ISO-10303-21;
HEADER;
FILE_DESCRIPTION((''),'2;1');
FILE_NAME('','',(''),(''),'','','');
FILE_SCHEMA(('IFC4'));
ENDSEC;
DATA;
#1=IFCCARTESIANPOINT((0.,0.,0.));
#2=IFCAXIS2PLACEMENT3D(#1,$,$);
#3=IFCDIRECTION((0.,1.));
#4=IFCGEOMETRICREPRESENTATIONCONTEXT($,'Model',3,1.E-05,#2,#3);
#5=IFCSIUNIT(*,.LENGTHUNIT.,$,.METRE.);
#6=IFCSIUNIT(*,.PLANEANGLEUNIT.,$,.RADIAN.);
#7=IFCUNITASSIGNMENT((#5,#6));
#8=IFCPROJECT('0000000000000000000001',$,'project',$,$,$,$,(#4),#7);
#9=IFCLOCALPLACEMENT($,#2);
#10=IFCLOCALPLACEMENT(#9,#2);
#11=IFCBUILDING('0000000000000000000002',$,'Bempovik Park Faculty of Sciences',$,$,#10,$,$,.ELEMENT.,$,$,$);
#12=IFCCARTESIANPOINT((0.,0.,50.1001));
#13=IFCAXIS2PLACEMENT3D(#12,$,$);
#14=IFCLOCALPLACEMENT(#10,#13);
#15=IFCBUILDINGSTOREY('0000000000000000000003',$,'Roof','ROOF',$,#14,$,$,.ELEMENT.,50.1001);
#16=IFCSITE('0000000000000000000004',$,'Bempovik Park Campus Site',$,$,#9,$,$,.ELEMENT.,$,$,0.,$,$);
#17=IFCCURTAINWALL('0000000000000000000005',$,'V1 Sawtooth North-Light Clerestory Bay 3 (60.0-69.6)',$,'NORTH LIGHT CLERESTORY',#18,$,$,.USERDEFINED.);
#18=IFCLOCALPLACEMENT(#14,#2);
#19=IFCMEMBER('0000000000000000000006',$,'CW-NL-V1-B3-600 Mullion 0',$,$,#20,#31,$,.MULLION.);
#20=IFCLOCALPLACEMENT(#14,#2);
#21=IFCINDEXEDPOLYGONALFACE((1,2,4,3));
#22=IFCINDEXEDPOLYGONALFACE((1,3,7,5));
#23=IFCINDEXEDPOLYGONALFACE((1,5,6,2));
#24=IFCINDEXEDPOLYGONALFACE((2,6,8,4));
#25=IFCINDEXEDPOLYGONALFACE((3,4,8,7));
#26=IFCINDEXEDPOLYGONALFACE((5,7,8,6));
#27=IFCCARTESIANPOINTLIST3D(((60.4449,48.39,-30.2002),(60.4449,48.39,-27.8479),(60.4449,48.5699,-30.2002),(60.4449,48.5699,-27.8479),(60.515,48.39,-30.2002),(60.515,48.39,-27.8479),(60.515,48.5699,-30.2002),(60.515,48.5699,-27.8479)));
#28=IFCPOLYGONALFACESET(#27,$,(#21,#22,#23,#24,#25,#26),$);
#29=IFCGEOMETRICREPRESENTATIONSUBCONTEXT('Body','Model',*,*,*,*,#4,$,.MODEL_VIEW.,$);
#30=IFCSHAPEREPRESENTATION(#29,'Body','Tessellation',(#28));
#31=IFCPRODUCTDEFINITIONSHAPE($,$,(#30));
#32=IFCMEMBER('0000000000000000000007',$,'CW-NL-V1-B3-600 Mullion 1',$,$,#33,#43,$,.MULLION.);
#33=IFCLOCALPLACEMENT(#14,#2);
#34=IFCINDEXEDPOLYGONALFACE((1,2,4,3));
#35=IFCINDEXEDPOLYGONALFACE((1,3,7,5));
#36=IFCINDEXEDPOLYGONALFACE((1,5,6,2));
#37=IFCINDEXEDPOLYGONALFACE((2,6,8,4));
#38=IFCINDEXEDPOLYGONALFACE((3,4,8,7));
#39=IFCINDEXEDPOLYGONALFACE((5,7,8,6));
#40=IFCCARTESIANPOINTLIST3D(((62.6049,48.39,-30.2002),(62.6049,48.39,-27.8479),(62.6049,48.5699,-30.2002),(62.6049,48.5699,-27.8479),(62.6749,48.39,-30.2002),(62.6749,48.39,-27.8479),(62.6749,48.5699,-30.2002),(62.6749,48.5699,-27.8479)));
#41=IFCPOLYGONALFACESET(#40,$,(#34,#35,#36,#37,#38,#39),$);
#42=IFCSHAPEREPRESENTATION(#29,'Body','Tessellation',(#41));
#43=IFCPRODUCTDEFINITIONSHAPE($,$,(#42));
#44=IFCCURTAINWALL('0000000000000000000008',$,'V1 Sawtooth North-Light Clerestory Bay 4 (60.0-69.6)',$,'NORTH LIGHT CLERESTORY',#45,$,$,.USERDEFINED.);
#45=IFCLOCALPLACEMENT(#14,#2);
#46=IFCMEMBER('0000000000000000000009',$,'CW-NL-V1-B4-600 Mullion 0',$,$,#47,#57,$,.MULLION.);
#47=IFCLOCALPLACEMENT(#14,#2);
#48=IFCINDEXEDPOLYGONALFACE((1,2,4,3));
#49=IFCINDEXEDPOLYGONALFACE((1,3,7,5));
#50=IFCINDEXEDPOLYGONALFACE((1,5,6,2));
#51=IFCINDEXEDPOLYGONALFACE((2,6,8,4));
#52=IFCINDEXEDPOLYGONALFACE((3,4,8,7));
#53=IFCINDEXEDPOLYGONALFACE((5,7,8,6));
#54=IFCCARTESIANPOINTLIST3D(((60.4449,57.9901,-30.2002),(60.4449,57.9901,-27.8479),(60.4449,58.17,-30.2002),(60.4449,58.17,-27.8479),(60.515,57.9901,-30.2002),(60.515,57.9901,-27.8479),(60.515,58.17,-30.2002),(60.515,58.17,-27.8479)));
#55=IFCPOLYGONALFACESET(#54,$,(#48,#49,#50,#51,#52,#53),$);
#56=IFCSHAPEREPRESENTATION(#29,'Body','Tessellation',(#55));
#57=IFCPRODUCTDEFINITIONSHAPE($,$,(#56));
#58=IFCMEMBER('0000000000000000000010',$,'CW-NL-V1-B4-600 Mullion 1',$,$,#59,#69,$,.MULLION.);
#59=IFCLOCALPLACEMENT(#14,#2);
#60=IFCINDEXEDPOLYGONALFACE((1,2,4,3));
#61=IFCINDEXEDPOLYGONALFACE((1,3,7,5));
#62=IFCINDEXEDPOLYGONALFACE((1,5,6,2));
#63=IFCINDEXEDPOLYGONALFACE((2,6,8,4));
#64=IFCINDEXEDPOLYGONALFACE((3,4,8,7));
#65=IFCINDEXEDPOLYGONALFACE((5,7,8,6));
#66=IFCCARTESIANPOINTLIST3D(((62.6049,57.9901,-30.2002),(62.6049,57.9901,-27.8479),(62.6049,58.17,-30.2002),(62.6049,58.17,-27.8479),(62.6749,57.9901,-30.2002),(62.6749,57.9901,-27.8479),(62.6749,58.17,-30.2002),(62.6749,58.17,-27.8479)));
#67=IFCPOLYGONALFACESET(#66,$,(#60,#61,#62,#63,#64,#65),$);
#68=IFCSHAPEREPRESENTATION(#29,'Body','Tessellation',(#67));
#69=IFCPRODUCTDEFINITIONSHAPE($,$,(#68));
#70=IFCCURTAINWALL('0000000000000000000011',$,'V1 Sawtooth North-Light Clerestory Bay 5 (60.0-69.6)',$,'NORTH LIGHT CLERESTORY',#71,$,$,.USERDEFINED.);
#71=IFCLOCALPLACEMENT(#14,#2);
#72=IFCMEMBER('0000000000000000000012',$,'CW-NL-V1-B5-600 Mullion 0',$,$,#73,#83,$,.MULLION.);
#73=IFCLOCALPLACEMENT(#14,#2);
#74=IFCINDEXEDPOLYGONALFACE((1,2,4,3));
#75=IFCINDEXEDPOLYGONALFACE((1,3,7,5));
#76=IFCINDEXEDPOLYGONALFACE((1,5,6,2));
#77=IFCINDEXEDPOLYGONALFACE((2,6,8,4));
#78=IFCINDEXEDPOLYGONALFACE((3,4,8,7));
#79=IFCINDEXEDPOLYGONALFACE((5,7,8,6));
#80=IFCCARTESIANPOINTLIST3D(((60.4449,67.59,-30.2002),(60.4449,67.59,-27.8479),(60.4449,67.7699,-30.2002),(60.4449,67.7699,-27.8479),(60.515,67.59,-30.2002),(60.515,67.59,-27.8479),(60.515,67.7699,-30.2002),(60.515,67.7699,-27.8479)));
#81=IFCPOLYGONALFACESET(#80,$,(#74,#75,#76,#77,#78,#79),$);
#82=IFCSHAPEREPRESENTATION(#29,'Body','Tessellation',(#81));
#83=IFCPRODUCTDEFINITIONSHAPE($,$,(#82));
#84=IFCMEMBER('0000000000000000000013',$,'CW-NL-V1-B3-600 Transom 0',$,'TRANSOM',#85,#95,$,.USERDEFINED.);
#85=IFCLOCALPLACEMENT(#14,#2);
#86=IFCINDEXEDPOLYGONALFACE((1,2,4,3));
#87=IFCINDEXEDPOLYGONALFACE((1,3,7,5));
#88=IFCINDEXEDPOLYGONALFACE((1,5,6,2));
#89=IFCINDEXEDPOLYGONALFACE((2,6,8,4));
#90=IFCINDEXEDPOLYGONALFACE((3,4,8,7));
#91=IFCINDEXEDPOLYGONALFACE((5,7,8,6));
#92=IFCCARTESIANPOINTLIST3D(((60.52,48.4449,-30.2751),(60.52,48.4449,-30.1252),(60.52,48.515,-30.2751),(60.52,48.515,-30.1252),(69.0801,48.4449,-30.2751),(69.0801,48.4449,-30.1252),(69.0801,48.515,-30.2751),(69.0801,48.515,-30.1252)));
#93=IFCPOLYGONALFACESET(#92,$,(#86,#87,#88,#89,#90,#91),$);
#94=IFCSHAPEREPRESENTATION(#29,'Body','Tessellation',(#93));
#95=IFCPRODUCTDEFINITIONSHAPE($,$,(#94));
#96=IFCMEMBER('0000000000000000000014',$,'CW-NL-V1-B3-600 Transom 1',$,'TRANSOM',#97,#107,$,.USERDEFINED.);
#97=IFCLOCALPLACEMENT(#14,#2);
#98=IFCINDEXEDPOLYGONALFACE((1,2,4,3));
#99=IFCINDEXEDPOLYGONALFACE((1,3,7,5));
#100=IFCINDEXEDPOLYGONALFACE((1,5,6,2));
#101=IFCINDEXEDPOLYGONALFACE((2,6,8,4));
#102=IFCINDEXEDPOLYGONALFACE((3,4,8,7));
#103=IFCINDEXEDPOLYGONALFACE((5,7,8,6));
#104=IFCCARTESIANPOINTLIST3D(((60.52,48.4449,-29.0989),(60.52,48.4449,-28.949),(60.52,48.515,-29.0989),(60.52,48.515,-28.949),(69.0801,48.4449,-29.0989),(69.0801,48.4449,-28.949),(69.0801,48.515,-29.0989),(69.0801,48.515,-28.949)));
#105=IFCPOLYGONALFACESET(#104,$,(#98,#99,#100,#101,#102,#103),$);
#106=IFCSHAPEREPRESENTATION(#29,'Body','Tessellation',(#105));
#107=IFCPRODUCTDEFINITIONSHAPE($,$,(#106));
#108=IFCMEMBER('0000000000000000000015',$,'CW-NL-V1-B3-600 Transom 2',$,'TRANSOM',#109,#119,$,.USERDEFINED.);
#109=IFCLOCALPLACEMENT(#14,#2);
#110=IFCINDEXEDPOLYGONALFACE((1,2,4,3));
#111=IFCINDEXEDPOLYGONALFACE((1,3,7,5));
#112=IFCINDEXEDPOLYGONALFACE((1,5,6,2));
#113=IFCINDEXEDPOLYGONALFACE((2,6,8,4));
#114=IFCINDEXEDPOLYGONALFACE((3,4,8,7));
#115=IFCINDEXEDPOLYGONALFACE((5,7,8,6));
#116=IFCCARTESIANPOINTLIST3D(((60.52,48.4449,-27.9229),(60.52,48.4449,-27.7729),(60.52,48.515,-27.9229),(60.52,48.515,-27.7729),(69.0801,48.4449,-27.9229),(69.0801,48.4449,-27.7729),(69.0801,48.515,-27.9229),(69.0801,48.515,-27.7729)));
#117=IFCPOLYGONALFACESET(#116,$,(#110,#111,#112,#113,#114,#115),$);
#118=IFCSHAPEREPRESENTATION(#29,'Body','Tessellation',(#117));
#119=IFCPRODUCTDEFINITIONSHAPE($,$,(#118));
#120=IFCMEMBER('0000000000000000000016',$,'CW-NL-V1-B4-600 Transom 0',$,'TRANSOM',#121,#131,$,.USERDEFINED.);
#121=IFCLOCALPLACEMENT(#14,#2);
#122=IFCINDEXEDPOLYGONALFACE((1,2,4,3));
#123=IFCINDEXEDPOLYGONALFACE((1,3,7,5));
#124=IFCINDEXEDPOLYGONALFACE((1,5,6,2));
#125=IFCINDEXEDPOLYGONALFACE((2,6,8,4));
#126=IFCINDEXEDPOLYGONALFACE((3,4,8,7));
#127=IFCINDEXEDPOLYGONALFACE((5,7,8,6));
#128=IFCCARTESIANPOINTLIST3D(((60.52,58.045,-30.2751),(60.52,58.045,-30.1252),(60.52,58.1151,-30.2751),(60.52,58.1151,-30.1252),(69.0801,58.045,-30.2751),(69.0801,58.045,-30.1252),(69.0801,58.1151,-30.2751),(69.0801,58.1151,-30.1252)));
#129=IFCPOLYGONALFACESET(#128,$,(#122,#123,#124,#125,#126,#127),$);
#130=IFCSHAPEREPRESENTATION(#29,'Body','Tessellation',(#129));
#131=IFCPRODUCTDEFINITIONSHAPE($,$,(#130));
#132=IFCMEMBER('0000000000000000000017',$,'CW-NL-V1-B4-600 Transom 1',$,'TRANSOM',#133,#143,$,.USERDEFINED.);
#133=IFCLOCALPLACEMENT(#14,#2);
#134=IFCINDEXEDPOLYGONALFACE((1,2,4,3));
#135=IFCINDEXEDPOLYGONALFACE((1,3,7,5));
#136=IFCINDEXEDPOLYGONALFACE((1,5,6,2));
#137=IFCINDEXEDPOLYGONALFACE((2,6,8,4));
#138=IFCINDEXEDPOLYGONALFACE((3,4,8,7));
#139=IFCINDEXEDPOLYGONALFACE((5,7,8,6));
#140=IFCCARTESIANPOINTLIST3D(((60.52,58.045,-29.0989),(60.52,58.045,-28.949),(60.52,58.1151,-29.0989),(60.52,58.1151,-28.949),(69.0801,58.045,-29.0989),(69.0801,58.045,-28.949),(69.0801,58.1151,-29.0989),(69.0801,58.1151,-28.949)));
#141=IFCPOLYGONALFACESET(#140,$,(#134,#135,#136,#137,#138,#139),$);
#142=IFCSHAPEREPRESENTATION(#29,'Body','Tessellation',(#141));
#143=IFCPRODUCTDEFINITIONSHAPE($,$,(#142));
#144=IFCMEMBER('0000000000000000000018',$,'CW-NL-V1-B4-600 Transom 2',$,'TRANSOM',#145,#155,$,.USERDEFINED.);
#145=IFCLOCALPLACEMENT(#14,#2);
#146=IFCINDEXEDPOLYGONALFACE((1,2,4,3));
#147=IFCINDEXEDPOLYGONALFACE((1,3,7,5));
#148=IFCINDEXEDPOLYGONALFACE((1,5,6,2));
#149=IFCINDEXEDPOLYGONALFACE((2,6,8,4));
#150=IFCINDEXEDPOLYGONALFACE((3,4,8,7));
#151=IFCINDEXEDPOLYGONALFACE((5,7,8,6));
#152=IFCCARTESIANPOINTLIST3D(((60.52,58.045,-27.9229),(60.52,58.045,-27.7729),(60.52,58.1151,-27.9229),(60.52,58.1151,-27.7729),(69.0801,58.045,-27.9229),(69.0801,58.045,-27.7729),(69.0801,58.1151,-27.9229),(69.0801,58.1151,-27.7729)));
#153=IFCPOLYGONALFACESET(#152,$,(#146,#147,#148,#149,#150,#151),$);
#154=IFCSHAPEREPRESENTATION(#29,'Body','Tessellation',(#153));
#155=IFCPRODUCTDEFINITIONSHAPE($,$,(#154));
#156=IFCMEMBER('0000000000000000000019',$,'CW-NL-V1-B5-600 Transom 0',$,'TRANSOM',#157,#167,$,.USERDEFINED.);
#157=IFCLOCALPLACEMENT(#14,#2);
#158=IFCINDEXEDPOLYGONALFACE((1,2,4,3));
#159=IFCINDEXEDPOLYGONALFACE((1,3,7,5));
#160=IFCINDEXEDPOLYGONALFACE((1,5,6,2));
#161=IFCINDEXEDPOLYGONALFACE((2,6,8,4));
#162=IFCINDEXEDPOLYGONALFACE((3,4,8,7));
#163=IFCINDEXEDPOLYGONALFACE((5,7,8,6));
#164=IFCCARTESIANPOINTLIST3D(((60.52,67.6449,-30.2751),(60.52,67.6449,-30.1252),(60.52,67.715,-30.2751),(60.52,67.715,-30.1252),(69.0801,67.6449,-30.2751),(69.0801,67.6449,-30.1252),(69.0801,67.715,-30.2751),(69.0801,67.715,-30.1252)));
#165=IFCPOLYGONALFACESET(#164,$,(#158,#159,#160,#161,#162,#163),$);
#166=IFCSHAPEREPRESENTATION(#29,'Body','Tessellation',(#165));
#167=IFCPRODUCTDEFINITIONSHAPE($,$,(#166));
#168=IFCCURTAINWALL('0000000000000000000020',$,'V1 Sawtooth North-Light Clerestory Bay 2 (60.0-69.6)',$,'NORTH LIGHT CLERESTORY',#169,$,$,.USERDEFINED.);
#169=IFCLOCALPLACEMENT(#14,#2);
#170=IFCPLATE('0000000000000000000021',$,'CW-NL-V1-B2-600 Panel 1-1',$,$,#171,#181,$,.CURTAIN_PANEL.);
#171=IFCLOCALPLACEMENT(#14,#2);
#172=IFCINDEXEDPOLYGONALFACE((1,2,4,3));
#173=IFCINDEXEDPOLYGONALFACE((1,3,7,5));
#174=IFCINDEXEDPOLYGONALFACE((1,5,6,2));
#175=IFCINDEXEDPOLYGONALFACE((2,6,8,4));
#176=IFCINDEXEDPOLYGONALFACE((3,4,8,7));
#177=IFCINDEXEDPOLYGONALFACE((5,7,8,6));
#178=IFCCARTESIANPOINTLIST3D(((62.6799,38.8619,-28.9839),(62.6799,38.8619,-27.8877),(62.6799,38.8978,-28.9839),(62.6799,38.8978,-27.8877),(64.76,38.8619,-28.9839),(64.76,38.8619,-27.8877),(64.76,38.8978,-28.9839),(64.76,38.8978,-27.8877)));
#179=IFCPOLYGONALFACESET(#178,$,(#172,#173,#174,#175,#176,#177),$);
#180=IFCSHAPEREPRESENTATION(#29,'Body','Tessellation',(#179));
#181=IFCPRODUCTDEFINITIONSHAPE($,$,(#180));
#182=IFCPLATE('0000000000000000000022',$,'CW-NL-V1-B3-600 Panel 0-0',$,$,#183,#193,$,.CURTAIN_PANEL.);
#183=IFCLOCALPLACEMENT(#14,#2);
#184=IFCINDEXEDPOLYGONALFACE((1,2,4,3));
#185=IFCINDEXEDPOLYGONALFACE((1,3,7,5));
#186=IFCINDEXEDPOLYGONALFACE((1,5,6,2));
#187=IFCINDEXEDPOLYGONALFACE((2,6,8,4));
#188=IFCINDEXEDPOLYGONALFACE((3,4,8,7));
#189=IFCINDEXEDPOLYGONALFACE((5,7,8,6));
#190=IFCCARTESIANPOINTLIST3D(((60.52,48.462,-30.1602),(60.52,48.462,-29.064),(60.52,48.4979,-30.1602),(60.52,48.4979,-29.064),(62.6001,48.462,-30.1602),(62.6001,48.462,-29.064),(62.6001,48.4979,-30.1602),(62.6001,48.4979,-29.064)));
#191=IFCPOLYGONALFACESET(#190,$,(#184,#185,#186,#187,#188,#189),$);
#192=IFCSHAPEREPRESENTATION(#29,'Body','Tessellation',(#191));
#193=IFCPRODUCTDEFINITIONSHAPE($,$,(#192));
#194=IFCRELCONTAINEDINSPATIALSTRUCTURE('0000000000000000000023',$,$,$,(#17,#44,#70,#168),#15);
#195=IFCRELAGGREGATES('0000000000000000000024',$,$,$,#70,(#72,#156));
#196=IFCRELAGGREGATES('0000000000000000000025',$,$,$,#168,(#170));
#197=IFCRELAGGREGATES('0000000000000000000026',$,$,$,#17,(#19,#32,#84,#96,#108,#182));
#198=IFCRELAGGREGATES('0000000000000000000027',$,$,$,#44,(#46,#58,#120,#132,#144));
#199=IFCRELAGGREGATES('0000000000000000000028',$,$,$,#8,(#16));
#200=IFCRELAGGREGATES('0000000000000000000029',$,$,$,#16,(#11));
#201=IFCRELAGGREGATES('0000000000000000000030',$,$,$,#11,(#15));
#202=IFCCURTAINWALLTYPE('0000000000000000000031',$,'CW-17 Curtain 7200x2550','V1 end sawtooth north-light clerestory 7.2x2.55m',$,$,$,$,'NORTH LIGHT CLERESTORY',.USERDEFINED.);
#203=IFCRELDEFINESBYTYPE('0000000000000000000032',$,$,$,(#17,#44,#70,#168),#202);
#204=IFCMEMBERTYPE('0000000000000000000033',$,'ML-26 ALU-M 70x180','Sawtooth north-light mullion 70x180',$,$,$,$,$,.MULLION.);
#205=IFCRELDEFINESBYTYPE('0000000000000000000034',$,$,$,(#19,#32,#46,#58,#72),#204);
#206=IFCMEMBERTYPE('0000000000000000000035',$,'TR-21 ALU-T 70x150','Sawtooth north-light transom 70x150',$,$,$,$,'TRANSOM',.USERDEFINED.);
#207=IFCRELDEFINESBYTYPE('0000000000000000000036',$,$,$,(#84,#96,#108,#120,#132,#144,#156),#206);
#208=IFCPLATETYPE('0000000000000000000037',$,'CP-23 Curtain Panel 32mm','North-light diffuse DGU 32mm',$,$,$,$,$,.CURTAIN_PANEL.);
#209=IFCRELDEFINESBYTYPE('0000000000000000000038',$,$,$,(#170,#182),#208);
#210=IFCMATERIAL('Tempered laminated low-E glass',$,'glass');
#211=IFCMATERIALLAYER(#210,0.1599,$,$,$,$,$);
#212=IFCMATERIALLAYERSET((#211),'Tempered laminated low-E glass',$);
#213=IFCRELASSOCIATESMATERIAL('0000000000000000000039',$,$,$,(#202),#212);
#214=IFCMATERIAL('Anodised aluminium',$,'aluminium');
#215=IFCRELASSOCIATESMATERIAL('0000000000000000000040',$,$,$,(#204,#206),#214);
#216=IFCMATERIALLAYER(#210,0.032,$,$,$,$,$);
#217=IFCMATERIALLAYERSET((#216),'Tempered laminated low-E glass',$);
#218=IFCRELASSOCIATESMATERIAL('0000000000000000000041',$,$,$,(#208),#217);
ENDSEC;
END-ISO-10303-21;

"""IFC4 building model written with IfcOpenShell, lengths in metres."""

from ifc_helpers import new_model, si_unit, direction, frame, origin, origin_2d, place, context, subcontext, project, spatial, rectangle, extrude, material, layer, layer_set, material_profile, profile_set, type_object, element, aggregate, save


model = new_model("IFC4")

# Units and contexts
model_context = context("Model", 3, precision=1e-05, world=origin(), true_north=direction((0.0, 1.0)))
body_context = subcontext(model_context, "Body", "Model", "MODEL_VIEW")
ifc_project = project(units=[si_unit("LENGTHUNIT", "METRE"), si_unit("PLANEANGLEUNIT", "RADIAN")], contexts=[model_context])

# Site, building, storey
site_placement = place(None, origin())
site = spatial("IfcSite", under=ifc_project, at=site_placement, Name="Bempovik Park Campus Site", CompositionType="ELEMENT", RefElevation=0.0)
building_placement = place(site_placement, origin())
building = spatial("IfcBuilding", under=site, at=building_placement, Name="Bempovik Park Faculty of Sciences", CompositionType="ELEMENT")
storey_placement = place(building_placement, frame((0.0, 0.0, 50.1001)))
storey = spatial("IfcBuildingStorey", under=building, at=storey_placement, Name="Roof", Description="ROOF", CompositionType="ELEMENT", Elevation=50.1001)

# Curtain walls, members
ifc_material_1 = material(Name="Tempered laminated low-E glass", Category="glass")
ifc_layer_1 = layer(ifc_material_1, 0.1599)
ifc_layer_set_1 = layer_set([ifc_layer_1], Name="Tempered laminated low-E glass")
curtain_wall_type = type_object("IfcCurtainWallType", Name="CW-17 Curtain 7200x2550", Description="V1 end sawtooth north-light clerestory 7.2x2.55m", ElementType="NORTH LIGHT CLERESTORY", PredefinedType="USERDEFINED", material=ifc_layer_set_1)
curtain_wall_1_placement = place(storey_placement, origin())
curtain_wall_1 = element("IfcCurtainWall", 1, at=curtain_wall_1_placement, inside=storey, type_object=curtain_wall_type, Name="V1 Sawtooth North-Light Clerestory Bay 3 (60.0-69.6)", ObjectType="NORTH LIGHT CLERESTORY", PredefinedType="USERDEFINED")
ifc_material_2 = material(Name="Anodised aluminium", Category="aluminium")
ifc_material_profile_1 = material_profile(ifc_material_2, rectangle(XDim=0.0701, YDim=0.1799, at=origin_2d()), Name="ALU-M 70x180")
ifc_profile_set_1 = profile_set([ifc_material_profile_1], Name="Anodised aluminium")
member_type_1 = type_object("IfcMemberType", Name="ML-26 ALU-M 70x180", Description="Sawtooth north-light mullion 70x180", PredefinedType="MULLION", material=ifc_profile_set_1)
member_1_placement = place(storey_placement, frame((60.48, 48.48, -30.2002), z_axis=(0.0, 0.0, 1.0), x_axis=(1.0, 0.0, 0.0)))
member_1 = element("IfcMember", 2, at=member_1_placement, type_object=member_type_1, Name="CW-NL-V1-B3-600 Mullion 0", PredefinedType="MULLION", context=body_context, shape_type="SweptSolid", body=[
    extrude(rectangle(XDim=0.0701, YDim=0.1799, at=origin_2d()), origin(), (0.0, 0.0, 1.0), 2.3523),
])
member_2_placement = place(storey_placement, frame((62.6399, 48.48, -30.2002), z_axis=(0.0, 0.0, 1.0), x_axis=(1.0, 0.0, 0.0)))
member_2 = element("IfcMember", 3, at=member_2_placement, type_object=member_type_1, Name="CW-NL-V1-B3-600 Mullion 1", PredefinedType="MULLION", context=body_context, shape_type="SweptSolid", body=[
    extrude(rectangle(XDim=0.0701, YDim=0.1799, at=origin_2d()), origin(), (0.0, 0.0, 1.0), 2.3523),
])
curtain_wall_2_placement = place(storey_placement, origin())
curtain_wall_2 = element("IfcCurtainWall", 4, at=curtain_wall_2_placement, inside=storey, type_object=curtain_wall_type, Name="V1 Sawtooth North-Light Clerestory Bay 4 (60.0-69.6)", ObjectType="NORTH LIGHT CLERESTORY", PredefinedType="USERDEFINED")
member_3_placement = place(storey_placement, frame((60.48, 58.0801, -30.2002), z_axis=(0.0, 0.0, 1.0), x_axis=(1.0, 0.0, 0.0)))
member_3 = element("IfcMember", 5, at=member_3_placement, type_object=member_type_1, Name="CW-NL-V1-B4-600 Mullion 0", PredefinedType="MULLION", context=body_context, shape_type="SweptSolid", body=[
    extrude(rectangle(XDim=0.0701, YDim=0.1799, at=origin_2d()), origin(), (0.0, 0.0, 1.0), 2.3523),
])
member_4_placement = place(storey_placement, frame((62.6399, 58.0801, -30.2002), z_axis=(0.0, 0.0, 1.0), x_axis=(1.0, 0.0, 0.0)))
member_4 = element("IfcMember", 6, at=member_4_placement, type_object=member_type_1, Name="CW-NL-V1-B4-600 Mullion 1", PredefinedType="MULLION", context=body_context, shape_type="SweptSolid", body=[
    extrude(rectangle(XDim=0.0701, YDim=0.1799, at=origin_2d()), origin(), (0.0, 0.0, 1.0), 2.3523),
])

# Curtain wall, member
curtain_wall_3_placement = place(storey_placement, origin())
curtain_wall_3 = element("IfcCurtainWall", 7, at=curtain_wall_3_placement, inside=storey, type_object=curtain_wall_type, Name="V1 Sawtooth North-Light Clerestory Bay 5 (60.0-69.6)", ObjectType="NORTH LIGHT CLERESTORY", PredefinedType="USERDEFINED")
member_5_placement = place(storey_placement, frame((60.48, 67.6799, -30.2002), z_axis=(0.0, 0.0, 1.0), x_axis=(1.0, 0.0, 0.0)))
member_5 = element("IfcMember", 8, at=member_5_placement, type_object=member_type_1, Name="CW-NL-V1-B5-600 Mullion 0", PredefinedType="MULLION", context=body_context, shape_type="SweptSolid", body=[
    extrude(rectangle(XDim=0.0701, YDim=0.1799, at=origin_2d()), origin(), (0.0, 0.0, 1.0), 2.3523),
])

# Members
ifc_material_profile_2 = material_profile(ifc_material_2, rectangle(XDim=0.0701, YDim=0.1499, at=origin_2d()), Name="ALU-T 70x150")
ifc_profile_set_2 = profile_set([ifc_material_profile_2], Name="Anodised aluminium")
member_type_2 = type_object("IfcMemberType", Name="TR-21 ALU-T 70x150", Description="Sawtooth north-light transom 70x150", ElementType="TRANSOM", PredefinedType="USERDEFINED", material=ifc_profile_set_2)
member_6_placement = place(storey_placement, frame((60.52, 48.48, -30.2002), z_axis=(1.0, 0.0, 0.0), x_axis=(0.0, 1.0, 0.0)))
member_6 = element("IfcMember", 9, at=member_6_placement, type_object=member_type_2, Name="CW-NL-V1-B3-600 Transom 0", ObjectType="TRANSOM", PredefinedType="USERDEFINED", context=body_context, shape_type="SweptSolid", body=[
    extrude(rectangle(XDim=0.0701, YDim=0.1499, at=origin_2d()), origin(), (0.0, 0.0, 1.0), 8.5601),
])
member_7_placement = place(storey_placement, frame((60.52, 48.48, -29.0239), z_axis=(1.0, 0.0, 0.0), x_axis=(0.0, 1.0, 0.0)))
member_7 = element("IfcMember", 10, at=member_7_placement, type_object=member_type_2, Name="CW-NL-V1-B3-600 Transom 1", ObjectType="TRANSOM", PredefinedType="USERDEFINED", context=body_context, shape_type="SweptSolid", body=[
    extrude(rectangle(XDim=0.0701, YDim=0.1499, at=origin_2d()), origin(), (0.0, 0.0, 1.0), 8.5601),
])
member_8_placement = place(storey_placement, frame((60.52, 48.48, -27.8479), z_axis=(1.0, 0.0, 0.0), x_axis=(0.0, 1.0, 0.0)))
member_8 = element("IfcMember", 11, at=member_8_placement, type_object=member_type_2, Name="CW-NL-V1-B3-600 Transom 2", ObjectType="TRANSOM", PredefinedType="USERDEFINED", context=body_context, shape_type="SweptSolid", body=[
    extrude(rectangle(XDim=0.0701, YDim=0.1499, at=origin_2d()), origin(), (0.0, 0.0, 1.0), 8.5601),
])
member_9_placement = place(storey_placement, frame((60.52, 58.0801, -30.2002), z_axis=(1.0, 0.0, 0.0), x_axis=(0.0, 1.0, 0.0)))
member_9 = element("IfcMember", 12, at=member_9_placement, type_object=member_type_2, Name="CW-NL-V1-B4-600 Transom 0", ObjectType="TRANSOM", PredefinedType="USERDEFINED", context=body_context, shape_type="SweptSolid", body=[
    extrude(rectangle(XDim=0.0701, YDim=0.1499, at=origin_2d()), origin(), (0.0, 0.0, 1.0), 8.5601),
])
member_10_placement = place(storey_placement, frame((60.52, 58.0801, -29.0239), z_axis=(1.0, 0.0, 0.0), x_axis=(0.0, 1.0, 0.0)))
member_10 = element("IfcMember", 13, at=member_10_placement, type_object=member_type_2, Name="CW-NL-V1-B4-600 Transom 1", ObjectType="TRANSOM", PredefinedType="USERDEFINED", context=body_context, shape_type="SweptSolid", body=[
    extrude(rectangle(XDim=0.0701, YDim=0.1499, at=origin_2d()), origin(), (0.0, 0.0, 1.0), 8.5601),
])
member_11_placement = place(storey_placement, frame((60.52, 58.0801, -27.8479), z_axis=(1.0, 0.0, 0.0), x_axis=(0.0, 1.0, 0.0)))
member_11 = element("IfcMember", 14, at=member_11_placement, type_object=member_type_2, Name="CW-NL-V1-B4-600 Transom 2", ObjectType="TRANSOM", PredefinedType="USERDEFINED", context=body_context, shape_type="SweptSolid", body=[
    extrude(rectangle(XDim=0.0701, YDim=0.1499, at=origin_2d()), origin(), (0.0, 0.0, 1.0), 8.5601),
])
member_12_placement = place(storey_placement, frame((60.52, 67.6799, -30.2002), z_axis=(1.0, 0.0, 0.0), x_axis=(0.0, 1.0, 0.0)))
member_12 = element("IfcMember", 15, at=member_12_placement, type_object=member_type_2, Name="CW-NL-V1-B5-600 Transom 0", ObjectType="TRANSOM", PredefinedType="USERDEFINED", context=body_context, shape_type="SweptSolid", body=[
    extrude(rectangle(XDim=0.0701, YDim=0.1499, at=origin_2d()), origin(), (0.0, 0.0, 1.0), 8.5601),
])
aggregate(curtain_wall_3, [member_5, member_12])

# Curtain wall, plate
curtain_wall_4_placement = place(storey_placement, origin())
curtain_wall_4 = element("IfcCurtainWall", 16, at=curtain_wall_4_placement, inside=storey, type_object=curtain_wall_type, Name="V1 Sawtooth North-Light Clerestory Bay 2 (60.0-69.6)", ObjectType="NORTH LIGHT CLERESTORY", PredefinedType="USERDEFINED")
ifc_layer_2 = layer(ifc_material_1, 0.032)
ifc_layer_set_2 = layer_set([ifc_layer_2], Name="Tempered laminated low-E glass")
plate_type = type_object("IfcPlateType", Name="CP-23 Curtain Panel 32mm", Description="North-light diffuse DGU 32mm", PredefinedType="CURTAIN_PANEL", material=ifc_layer_set_2)
plate_1_placement = place(storey_placement, frame((63.72, 38.8799, -28.9839), z_axis=(0.0, 0.0, 1.0), x_axis=(1.0, 0.0, 0.0)))
plate_1 = element("IfcPlate", 17, at=plate_1_placement, type_object=plate_type, Name="CW-NL-V1-B2-600 Panel 1-1", PredefinedType="CURTAIN_PANEL", context=body_context, shape_type="SweptSolid", body=[
    extrude(rectangle(XDim=2.0801, YDim=0.0359, at=origin_2d()), origin(), (0.0, 0.0, 1.0), 1.0962),
])
aggregate(curtain_wall_4, [plate_1])

# Plate
plate_2_placement = place(storey_placement, frame((61.5601, 48.48, -30.1602), z_axis=(0.0, 0.0, 1.0), x_axis=(1.0, 0.0, 0.0)))
plate_2 = element("IfcPlate", 18, at=plate_2_placement, type_object=plate_type, Name="CW-NL-V1-B3-600 Panel 0-0", PredefinedType="CURTAIN_PANEL", context=body_context, shape_type="SweptSolid", body=[
    extrude(rectangle(XDim=2.0801, YDim=0.0359, at=origin_2d()), origin(), (0.0, 0.0, 1.0), 1.0962),
])
aggregate(curtain_wall_1, [member_1, member_2, member_6, member_7, member_8, plate_2])
aggregate(curtain_wall_2, [member_3, member_4, member_9, member_10, member_11])

save(model, "model.ifc")
